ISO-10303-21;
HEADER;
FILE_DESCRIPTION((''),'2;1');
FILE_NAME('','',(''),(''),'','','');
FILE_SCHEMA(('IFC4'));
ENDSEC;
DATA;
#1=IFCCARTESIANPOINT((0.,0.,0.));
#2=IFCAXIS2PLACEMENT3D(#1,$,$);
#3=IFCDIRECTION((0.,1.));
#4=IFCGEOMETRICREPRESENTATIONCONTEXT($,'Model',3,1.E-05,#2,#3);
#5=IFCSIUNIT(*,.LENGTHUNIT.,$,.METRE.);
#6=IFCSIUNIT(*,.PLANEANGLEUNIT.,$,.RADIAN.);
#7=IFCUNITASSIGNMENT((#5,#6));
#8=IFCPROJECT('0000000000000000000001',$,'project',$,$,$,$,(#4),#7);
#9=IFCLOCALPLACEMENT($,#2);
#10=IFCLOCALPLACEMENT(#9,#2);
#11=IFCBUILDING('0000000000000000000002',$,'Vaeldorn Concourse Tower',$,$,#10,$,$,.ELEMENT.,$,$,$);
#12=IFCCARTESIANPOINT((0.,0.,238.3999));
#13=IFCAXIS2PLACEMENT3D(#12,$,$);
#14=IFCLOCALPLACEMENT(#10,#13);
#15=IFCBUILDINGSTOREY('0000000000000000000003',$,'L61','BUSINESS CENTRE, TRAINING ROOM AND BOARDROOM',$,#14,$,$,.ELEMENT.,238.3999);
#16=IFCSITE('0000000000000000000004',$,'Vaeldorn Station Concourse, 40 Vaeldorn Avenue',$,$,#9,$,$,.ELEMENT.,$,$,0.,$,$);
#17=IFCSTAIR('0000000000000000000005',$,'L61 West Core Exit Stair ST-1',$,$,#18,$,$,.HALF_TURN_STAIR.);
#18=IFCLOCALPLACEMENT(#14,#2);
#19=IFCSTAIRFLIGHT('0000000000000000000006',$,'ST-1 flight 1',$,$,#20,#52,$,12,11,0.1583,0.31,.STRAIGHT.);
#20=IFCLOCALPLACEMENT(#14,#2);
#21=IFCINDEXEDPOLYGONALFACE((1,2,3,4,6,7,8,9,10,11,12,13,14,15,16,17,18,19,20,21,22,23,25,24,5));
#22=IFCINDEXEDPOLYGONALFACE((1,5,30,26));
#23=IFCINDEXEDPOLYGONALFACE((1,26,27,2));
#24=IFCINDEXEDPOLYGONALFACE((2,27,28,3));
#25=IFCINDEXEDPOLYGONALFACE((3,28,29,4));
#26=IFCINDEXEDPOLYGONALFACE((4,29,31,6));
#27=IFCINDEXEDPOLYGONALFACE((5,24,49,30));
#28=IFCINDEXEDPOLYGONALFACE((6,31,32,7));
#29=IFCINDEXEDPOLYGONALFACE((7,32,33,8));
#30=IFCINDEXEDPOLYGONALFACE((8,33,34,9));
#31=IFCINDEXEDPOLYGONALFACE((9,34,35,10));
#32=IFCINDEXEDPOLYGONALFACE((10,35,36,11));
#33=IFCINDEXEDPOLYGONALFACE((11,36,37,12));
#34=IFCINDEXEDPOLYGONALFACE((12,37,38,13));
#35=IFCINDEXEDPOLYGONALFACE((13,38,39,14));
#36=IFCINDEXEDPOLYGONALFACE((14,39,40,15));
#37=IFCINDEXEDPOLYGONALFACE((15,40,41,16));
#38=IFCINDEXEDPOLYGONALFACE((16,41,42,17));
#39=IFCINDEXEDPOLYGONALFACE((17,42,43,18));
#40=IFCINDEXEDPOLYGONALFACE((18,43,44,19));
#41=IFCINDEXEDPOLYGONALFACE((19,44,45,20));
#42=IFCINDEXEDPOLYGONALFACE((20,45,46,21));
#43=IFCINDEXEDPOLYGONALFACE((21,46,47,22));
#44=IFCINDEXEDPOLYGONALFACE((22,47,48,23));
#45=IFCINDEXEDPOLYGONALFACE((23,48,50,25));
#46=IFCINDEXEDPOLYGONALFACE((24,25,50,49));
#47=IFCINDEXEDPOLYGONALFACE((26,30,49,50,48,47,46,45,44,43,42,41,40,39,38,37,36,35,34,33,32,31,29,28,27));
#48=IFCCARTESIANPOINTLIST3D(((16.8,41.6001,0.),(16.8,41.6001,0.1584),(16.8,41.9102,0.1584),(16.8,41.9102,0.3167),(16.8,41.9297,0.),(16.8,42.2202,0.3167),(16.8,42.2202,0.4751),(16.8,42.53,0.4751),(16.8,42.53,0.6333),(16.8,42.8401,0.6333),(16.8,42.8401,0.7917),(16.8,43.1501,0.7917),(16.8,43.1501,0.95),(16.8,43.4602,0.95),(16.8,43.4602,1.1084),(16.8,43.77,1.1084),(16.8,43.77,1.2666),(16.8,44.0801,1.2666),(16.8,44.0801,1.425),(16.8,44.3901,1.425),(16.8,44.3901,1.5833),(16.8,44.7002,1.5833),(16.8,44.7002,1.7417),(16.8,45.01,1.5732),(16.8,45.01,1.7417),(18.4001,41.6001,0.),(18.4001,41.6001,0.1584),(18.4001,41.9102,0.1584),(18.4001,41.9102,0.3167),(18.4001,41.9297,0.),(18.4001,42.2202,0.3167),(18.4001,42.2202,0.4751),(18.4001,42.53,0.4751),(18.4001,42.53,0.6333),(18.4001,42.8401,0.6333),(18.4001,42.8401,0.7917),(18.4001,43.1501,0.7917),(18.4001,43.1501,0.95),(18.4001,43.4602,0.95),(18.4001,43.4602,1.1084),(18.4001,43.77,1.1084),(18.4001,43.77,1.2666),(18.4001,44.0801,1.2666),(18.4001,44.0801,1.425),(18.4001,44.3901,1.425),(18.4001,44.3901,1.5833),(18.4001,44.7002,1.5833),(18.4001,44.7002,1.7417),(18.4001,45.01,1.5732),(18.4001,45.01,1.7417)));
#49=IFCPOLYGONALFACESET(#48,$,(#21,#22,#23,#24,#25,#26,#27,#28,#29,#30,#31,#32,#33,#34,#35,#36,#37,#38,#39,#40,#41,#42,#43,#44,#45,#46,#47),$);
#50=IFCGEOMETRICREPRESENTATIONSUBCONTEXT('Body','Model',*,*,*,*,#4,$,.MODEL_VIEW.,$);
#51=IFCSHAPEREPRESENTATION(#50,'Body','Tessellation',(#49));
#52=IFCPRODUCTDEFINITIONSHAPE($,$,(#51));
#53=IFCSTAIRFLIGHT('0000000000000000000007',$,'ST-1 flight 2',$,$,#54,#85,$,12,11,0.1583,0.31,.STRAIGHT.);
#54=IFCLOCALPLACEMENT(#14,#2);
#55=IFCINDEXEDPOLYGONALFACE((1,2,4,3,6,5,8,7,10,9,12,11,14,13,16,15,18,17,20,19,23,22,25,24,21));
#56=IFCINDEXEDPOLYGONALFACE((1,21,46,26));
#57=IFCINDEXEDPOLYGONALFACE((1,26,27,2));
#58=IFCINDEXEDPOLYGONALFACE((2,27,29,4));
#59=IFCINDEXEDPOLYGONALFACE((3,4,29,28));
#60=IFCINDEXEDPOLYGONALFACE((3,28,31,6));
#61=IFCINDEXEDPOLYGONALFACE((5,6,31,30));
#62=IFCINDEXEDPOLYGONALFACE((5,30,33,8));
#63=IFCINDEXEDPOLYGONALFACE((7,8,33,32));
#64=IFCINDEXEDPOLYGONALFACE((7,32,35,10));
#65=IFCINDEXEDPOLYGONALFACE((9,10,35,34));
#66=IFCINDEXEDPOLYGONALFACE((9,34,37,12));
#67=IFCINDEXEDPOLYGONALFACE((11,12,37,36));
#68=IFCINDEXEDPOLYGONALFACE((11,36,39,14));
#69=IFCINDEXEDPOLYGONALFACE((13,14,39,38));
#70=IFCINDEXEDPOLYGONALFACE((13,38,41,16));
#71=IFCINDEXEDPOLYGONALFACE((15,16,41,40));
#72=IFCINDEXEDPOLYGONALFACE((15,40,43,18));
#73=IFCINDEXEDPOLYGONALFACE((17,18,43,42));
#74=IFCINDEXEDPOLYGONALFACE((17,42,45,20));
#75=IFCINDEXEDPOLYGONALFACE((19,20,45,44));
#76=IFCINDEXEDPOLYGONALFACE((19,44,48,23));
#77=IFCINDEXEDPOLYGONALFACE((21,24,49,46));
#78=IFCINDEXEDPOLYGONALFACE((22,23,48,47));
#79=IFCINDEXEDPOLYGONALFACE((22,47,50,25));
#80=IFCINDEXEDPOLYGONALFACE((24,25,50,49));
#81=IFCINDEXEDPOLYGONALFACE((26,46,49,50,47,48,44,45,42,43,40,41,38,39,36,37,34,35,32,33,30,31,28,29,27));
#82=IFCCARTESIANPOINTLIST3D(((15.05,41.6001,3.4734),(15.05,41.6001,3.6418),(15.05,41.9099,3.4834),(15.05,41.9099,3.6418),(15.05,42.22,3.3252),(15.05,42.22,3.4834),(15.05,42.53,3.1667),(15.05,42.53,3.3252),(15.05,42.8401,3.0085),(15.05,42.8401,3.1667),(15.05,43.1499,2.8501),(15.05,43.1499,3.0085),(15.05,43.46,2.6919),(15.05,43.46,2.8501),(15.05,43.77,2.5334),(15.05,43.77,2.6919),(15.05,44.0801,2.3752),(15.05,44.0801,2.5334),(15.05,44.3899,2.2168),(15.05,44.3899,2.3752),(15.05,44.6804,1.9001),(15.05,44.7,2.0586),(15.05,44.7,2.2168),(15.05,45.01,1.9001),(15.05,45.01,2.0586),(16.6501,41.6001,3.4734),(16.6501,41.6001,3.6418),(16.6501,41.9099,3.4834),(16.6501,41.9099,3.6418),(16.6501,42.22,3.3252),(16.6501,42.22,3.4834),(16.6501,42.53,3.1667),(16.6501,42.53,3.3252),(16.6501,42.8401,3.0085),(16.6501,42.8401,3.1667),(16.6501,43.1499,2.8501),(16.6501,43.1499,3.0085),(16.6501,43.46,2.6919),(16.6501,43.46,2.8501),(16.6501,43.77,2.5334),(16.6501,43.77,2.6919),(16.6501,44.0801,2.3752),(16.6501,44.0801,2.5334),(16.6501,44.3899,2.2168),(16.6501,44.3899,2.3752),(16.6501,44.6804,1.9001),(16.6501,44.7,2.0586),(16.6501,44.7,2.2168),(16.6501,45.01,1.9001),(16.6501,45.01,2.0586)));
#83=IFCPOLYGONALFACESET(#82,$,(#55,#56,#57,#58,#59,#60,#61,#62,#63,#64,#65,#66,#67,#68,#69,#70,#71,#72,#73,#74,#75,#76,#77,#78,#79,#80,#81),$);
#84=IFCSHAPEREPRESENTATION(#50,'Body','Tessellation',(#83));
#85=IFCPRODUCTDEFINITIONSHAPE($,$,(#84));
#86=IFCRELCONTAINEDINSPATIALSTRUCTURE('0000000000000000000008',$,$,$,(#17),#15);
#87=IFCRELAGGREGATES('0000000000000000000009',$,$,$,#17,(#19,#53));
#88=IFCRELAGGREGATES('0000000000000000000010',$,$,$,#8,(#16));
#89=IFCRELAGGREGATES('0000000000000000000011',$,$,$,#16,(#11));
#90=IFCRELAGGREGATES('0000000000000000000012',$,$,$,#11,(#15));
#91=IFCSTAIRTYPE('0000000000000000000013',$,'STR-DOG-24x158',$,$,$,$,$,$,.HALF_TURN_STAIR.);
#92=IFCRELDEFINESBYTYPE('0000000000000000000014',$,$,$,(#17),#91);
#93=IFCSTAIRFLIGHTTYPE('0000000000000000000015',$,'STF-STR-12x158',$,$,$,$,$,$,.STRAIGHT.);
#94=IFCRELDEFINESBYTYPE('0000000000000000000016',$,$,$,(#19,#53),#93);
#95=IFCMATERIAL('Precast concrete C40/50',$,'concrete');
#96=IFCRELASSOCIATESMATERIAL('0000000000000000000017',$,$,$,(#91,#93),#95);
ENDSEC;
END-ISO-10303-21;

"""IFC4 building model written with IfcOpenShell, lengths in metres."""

from ifc_helpers import new_model, si_unit, direction, frame, origin, place, context, subcontext, project, spatial, polyline, outline, extrude, material, type_object, element, aggregate, save


model = new_model("IFC4")

# Units and contexts
model_context = context("Model", 3, precision=1e-05, world=origin(), true_north=direction((0.0, 1.0)))
body_context = subcontext(model_context, "Body", "Model", "MODEL_VIEW")
ifc_project = project(units=[si_unit("LENGTHUNIT", "METRE"), si_unit("PLANEANGLEUNIT", "RADIAN")], contexts=[model_context])

# Site, building, storey
site_placement = place(None, origin())
site = spatial("IfcSite", under=ifc_project, at=site_placement, Name="Vaeldorn Station Concourse, 40 Vaeldorn Avenue", CompositionType="ELEMENT", RefElevation=0.0)
building_placement = place(site_placement, origin())
building = spatial("IfcBuilding", under=site, at=building_placement, Name="Vaeldorn Concourse Tower", CompositionType="ELEMENT")
storey_placement = place(building_placement, frame((0.0, 0.0, 238.3999)))
storey = spatial("IfcBuildingStorey", under=building, at=storey_placement, Name="L61", Description="BUSINESS CENTRE, TRAINING ROOM AND BOARDROOM", CompositionType="ELEMENT", Elevation=238.3999)

# Stair, stair flights
ifc_material_1 = material(Name="Precast concrete C40/50", Category="concrete")
stair_type = type_object("IfcStairType", Name="STR-DOG-24x158", PredefinedType="HALF_TURN_STAIR", material=ifc_material_1)
stair_placement = place(storey_placement, origin())
stair = element("IfcStair", 1, at=stair_placement, inside=storey, type_object=stair_type, Name="L61 West Core Exit Stair ST-1", PredefinedType="HALF_TURN_STAIR")
stair_flight_type = type_object("IfcStairFlightType", Name="STF-STR-12x158", PredefinedType="STRAIGHT", material=ifc_material_1)
stair_flight_1_placement = place(storey_placement, frame((17.6001, 41.6001, 0.0), z_axis=(0.0, 0.0, 1.0), x_axis=(0.0, 1.0, 0.0)))
stair_flight_1 = element("IfcStairFlight", 2, at=stair_flight_1_placement, type_object=stair_flight_type, Name="ST-1 flight 1", NumberOfRisers=12, NumberOfTreads=11, PredefinedType="STRAIGHT", RiserHeight=0.1583, TreadLength=0.31, context=body_context, shape_type="SweptSolid", body=[
    extrude(outline(polyline([(0.0, 0.0), (0.0, 0.1584), (0.3101, 0.1584), (0.3101, 0.3167), (0.6201, 0.3167), (0.6201, 0.4751), (0.9299, 0.4751), (0.9299, 0.6333), (1.24, 0.6333), (1.24, 0.7917), (1.55, 0.7917), (1.55, 0.95), (1.8601, 0.95), (1.8601, 1.1084), (2.1699, 1.1084), (2.1699, 1.2666), (2.48, 1.2666), (2.48, 1.425), (2.79, 1.425), (2.79, 1.5833), (3.1001, 1.5833), (3.1001, 1.7417), (3.4099, 1.7417), (3.4099, 1.8999), (3.4099, 1.5732), (0.3296, 0.0), (0.0, 0.0)])), frame((0.0, 0.8, 0.0), z_axis=(0.0, -1.0, 0.0), x_axis=(1.0, 0.0, 0.0)), (0.0, 0.0, 1.0), 1.6001),
])
stair_flight_2_placement = place(storey_placement, frame((15.8501, 45.01, 1.9001), z_axis=(0.0, 0.0, 1.0), x_axis=(0.0, -1.0, 0.0)))
stair_flight_2 = element("IfcStairFlight", 3, at=stair_flight_2_placement, type_object=stair_flight_type, Name="ST-1 flight 2", NumberOfRisers=12, NumberOfTreads=11, PredefinedType="STRAIGHT", RiserHeight=0.1583, TreadLength=0.31, context=body_context, shape_type="SweptSolid", body=[
    extrude(outline(polyline([(0.0, 0.0), (0.0, 0.1584), (0.3101, 0.1584), (0.3101, 0.3167), (0.6201, 0.3167), (0.6201, 0.4751), (0.9299, 0.4751), (0.9299, 0.6333), (1.24, 0.6333), (1.24, 0.7917), (1.55, 0.7917), (1.55, 0.95), (1.8601, 0.95), (1.8601, 1.1084), (2.1699, 1.1084), (2.1699, 1.2666), (2.48, 1.2666), (2.48, 1.425), (2.79, 1.425), (2.79, 1.5833), (3.1001, 1.5833), (3.1001, 1.7417), (3.4099, 1.7417), (3.4099, 1.8999), (3.4099, 1.5732), (0.3296, 0.0), (0.0, 0.0)])), frame((0.0, 0.8, 0.0), z_axis=(0.0, -1.0, 0.0), x_axis=(1.0, 0.0, 0.0)), (0.0, 0.0, 1.0), 1.6001),
])
aggregate(stair, [stair_flight_1, stair_flight_2])

save(model, "model.ifc")
